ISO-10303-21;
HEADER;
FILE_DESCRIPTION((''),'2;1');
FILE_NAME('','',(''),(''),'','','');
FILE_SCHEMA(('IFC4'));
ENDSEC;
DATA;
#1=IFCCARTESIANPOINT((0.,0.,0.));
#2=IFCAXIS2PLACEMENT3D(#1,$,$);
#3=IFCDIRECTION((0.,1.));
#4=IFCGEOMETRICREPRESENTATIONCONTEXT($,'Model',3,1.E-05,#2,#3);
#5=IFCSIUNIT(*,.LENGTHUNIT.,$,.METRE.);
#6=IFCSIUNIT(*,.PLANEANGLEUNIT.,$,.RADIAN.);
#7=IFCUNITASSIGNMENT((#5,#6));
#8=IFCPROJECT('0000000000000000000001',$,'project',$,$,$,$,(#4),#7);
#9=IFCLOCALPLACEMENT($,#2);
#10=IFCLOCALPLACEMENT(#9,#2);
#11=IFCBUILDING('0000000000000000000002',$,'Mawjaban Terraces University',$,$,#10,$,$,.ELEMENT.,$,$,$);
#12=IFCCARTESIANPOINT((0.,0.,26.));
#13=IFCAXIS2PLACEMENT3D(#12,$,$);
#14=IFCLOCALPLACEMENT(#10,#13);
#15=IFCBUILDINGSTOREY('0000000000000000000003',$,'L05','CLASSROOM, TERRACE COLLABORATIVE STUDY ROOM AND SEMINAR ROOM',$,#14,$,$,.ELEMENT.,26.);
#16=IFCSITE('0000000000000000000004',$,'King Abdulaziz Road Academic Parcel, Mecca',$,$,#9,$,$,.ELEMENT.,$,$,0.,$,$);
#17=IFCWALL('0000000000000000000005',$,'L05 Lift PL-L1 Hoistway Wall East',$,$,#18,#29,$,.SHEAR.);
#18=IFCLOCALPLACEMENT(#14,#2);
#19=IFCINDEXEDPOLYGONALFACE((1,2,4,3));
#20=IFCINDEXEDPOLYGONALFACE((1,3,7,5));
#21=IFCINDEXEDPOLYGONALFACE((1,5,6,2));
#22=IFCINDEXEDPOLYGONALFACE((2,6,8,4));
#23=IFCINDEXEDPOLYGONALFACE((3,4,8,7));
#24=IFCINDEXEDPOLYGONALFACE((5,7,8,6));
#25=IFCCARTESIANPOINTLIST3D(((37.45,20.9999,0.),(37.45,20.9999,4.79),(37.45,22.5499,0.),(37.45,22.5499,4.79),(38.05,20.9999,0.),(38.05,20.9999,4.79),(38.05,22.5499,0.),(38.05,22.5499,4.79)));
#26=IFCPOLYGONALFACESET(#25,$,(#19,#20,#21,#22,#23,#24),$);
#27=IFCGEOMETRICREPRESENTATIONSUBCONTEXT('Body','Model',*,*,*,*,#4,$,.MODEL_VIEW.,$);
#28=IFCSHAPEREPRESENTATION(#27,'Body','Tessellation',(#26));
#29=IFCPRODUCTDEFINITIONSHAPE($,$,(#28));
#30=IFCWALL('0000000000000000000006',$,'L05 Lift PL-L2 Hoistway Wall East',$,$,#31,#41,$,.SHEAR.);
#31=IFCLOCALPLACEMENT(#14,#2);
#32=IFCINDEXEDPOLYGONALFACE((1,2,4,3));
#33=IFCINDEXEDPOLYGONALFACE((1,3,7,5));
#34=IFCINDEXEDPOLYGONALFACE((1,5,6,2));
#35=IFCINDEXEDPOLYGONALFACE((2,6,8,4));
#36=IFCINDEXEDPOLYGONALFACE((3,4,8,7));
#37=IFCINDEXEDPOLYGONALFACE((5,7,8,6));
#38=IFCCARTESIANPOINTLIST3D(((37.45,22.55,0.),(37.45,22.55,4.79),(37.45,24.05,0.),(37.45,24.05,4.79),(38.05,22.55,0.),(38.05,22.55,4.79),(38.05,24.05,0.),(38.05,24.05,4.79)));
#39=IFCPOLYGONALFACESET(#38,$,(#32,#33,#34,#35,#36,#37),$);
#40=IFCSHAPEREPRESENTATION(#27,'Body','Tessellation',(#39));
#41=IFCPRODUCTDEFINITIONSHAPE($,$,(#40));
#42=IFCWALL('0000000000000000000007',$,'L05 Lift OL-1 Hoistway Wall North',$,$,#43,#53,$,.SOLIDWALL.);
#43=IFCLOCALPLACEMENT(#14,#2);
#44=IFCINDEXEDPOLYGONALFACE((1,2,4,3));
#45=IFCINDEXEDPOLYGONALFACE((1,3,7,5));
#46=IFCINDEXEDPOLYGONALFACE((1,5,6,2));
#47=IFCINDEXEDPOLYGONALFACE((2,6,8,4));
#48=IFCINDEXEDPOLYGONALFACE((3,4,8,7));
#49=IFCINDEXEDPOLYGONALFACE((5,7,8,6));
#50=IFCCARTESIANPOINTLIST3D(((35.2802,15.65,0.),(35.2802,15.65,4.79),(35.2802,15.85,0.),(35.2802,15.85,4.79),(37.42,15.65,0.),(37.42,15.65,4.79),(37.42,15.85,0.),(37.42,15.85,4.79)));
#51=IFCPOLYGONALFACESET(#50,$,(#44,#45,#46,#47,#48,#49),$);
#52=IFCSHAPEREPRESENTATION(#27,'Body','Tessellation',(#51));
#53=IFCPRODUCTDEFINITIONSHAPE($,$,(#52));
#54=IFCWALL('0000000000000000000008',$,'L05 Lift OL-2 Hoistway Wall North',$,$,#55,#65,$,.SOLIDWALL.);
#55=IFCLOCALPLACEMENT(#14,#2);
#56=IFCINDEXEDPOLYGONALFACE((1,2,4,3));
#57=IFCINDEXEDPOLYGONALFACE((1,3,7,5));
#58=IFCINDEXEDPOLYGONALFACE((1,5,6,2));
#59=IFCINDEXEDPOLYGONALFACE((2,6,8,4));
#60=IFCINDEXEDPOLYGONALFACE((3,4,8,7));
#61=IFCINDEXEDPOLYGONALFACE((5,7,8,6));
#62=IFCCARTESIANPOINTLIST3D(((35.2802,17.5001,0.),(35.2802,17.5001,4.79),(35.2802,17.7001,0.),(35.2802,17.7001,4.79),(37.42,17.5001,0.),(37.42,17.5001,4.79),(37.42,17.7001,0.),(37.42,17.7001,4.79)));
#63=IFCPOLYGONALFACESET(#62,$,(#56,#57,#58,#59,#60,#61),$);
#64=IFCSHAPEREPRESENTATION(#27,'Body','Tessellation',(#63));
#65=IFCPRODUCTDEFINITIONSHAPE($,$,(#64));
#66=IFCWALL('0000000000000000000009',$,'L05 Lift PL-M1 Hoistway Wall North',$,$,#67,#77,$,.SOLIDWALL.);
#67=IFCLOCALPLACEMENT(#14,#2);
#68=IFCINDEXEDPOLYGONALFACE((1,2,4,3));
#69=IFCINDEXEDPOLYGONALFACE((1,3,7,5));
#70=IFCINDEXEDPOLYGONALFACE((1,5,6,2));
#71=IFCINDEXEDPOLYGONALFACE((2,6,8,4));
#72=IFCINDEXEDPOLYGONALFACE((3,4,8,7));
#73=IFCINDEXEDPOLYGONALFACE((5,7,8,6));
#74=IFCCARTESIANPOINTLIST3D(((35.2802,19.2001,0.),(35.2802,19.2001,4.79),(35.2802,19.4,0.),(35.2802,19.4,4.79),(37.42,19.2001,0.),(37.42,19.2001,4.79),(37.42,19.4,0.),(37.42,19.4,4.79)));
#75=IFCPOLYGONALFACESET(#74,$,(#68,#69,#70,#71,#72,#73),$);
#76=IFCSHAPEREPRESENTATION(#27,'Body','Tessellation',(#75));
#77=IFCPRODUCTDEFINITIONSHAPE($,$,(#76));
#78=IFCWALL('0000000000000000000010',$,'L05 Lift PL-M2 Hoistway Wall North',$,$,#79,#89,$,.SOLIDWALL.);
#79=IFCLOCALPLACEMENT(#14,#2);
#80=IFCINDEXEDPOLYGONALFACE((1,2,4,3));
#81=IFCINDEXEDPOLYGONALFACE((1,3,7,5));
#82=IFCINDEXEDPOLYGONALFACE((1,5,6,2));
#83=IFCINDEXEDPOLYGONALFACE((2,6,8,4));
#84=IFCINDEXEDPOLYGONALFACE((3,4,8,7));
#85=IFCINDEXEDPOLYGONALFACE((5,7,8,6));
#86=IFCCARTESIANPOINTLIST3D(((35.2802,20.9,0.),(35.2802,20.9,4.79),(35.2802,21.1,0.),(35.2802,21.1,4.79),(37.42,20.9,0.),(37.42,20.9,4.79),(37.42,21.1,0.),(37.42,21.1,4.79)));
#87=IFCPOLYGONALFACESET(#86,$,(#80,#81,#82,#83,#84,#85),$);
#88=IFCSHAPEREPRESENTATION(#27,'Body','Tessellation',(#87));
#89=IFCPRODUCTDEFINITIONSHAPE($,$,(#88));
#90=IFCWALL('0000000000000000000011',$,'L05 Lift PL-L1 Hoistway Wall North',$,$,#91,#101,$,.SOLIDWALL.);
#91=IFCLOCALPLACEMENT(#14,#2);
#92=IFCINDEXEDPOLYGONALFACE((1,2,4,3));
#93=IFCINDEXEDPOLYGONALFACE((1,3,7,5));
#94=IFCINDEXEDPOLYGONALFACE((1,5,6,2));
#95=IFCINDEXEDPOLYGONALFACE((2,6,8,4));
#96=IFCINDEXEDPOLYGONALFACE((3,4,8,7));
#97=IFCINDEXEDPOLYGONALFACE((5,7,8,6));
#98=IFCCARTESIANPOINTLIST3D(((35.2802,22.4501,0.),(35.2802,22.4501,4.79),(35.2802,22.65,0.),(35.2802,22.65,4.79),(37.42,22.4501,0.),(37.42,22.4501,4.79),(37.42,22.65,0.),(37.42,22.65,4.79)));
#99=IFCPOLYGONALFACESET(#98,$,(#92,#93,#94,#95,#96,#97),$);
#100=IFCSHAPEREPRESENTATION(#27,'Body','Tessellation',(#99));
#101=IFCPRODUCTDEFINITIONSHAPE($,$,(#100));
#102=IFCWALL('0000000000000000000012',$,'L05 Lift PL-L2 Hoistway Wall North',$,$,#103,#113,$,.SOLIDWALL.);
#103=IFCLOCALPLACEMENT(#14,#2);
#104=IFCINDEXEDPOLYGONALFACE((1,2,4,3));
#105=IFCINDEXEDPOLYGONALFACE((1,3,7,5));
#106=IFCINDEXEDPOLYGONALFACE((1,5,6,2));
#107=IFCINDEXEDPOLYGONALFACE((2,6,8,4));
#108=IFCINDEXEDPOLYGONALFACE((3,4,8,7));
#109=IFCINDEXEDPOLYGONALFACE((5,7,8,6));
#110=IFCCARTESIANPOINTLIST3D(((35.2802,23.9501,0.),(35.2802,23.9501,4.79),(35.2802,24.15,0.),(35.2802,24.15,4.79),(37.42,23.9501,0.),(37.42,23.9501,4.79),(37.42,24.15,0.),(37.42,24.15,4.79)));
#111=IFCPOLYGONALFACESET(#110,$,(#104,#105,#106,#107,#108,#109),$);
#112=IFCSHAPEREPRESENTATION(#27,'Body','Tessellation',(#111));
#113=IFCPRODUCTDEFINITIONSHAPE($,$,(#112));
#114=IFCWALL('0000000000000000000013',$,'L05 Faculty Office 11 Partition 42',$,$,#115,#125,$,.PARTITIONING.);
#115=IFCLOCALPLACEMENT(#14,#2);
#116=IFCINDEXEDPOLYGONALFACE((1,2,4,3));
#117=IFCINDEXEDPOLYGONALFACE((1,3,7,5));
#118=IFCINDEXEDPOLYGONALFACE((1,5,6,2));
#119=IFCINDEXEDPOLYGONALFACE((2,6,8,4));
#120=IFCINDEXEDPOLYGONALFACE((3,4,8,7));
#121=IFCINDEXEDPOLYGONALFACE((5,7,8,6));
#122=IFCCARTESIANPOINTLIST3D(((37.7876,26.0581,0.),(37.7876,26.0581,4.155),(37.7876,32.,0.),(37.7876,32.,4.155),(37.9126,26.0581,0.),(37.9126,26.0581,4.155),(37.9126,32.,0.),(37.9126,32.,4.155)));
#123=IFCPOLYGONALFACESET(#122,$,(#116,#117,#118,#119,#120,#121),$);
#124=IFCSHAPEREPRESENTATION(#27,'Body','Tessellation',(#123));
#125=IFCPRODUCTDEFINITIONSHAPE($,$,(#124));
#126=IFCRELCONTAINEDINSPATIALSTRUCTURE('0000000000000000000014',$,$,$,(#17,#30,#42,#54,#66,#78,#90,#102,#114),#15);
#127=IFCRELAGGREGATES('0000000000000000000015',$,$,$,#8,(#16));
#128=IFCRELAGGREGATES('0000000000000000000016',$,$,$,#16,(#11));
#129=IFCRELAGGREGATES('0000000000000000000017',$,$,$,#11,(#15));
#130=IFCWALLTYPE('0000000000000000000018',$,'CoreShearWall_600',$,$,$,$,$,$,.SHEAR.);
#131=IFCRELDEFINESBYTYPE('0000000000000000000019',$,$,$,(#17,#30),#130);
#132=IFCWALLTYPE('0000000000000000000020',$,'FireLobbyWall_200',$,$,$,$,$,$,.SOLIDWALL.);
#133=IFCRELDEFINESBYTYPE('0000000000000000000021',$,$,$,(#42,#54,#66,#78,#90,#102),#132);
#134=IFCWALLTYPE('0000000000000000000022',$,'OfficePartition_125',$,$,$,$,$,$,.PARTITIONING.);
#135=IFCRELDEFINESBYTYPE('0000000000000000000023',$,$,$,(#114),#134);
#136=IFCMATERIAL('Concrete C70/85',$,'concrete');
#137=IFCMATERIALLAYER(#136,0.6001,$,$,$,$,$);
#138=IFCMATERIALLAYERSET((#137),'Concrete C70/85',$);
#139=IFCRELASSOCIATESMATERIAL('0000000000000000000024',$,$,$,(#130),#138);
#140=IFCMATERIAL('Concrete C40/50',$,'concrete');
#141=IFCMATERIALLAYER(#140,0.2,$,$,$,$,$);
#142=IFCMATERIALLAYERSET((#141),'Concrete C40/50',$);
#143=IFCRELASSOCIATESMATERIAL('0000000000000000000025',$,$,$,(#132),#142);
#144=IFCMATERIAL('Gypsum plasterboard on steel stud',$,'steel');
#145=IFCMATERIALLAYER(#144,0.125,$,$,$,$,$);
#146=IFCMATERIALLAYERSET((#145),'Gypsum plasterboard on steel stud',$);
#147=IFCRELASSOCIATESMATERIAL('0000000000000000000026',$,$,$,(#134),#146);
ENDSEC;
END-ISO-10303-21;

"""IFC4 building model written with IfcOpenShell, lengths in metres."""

from ifc_helpers import new_model, si_unit, direction, frame, frame_2d, origin, place, context, subcontext, project, spatial, rectangle, extrude, material, layer, layer_set, type_object, element, save


model = new_model("IFC4")

# Units and contexts
model_context = context("Model", 3, precision=1e-05, world=origin(), true_north=direction((0.0, 1.0)))
body_context = subcontext(model_context, "Body", "Model", "MODEL_VIEW")
ifc_project = project(units=[si_unit("LENGTHUNIT", "METRE"), si_unit("PLANEANGLEUNIT", "RADIAN")], contexts=[model_context])

# Site, building, storey
site_placement = place(None, origin())
site = spatial("IfcSite", under=ifc_project, at=site_placement, Name="King Abdulaziz Road Academic Parcel, Mecca", CompositionType="ELEMENT", RefElevation=0.0)
building_placement = place(site_placement, origin())
building = spatial("IfcBuilding", under=site, at=building_placement, Name="Mawjaban Terraces University", CompositionType="ELEMENT")
storey_placement = place(building_placement, frame((0.0, 0.0, 26.0)))
storey = spatial("IfcBuildingStorey", under=building, at=storey_placement, Name="L05", Description="CLASSROOM, TERRACE COLLABORATIVE STUDY ROOM AND SEMINAR ROOM", CompositionType="ELEMENT", Elevation=26.0)

# Shared definitions
ifc_material_1 = material(Name="Concrete C70/85", Category="concrete")

# Walls
ifc_layer_1 = layer(ifc_material_1, 0.6001)
ifc_layer_set_1 = layer_set([ifc_layer_1], Name="Concrete C70/85")
wall_type_1 = type_object("IfcWallType", Name="CoreShearWall_600", PredefinedType="SHEAR", material=ifc_layer_set_1)
wall_1_placement = place(storey_placement, frame((37.75, 21.0, 0.0), z_axis=(0.0, 0.0, 1.0), x_axis=(0.0, 1.0, 0.0)))
element("IfcWall", 1, at=wall_1_placement, inside=storey, type_object=wall_type_1, Name="L05 Lift PL-L1 Hoistway Wall East", PredefinedType="SHEAR", context=body_context, shape_type="SweptSolid", body=[
    extrude(rectangle(XDim=1.55, YDim=0.6001, at=frame_2d((0.7749, 0.0))), origin(), (0.0, 0.0, 1.0), 4.79),
])
wall_2_placement = place(storey_placement, frame((37.75, 22.55, 0.0), z_axis=(0.0, 0.0, 1.0), x_axis=(0.0, 1.0, 0.0)))
element("IfcWall", 2, at=wall_2_placement, inside=storey, type_object=wall_type_1, Name="L05 Lift PL-L2 Hoistway Wall East", PredefinedType="SHEAR", context=body_context, shape_type="SweptSolid", body=[
    extrude(rectangle(XDim=1.5, YDim=0.6001, at=frame_2d((0.75, 0.0))), origin(), (0.0, 0.0, 1.0), 4.79),
])
ifc_material_2 = material(Name="Concrete C40/50", Category="concrete")
ifc_layer_2 = layer(ifc_material_2, 0.2)
ifc_layer_set_2 = layer_set([ifc_layer_2], Name="Concrete C40/50")
wall_type_2 = type_object("IfcWallType", Name="FireLobbyWall_200", PredefinedType="SOLIDWALL", material=ifc_layer_set_2)
for number, where, z_axis, x_axis, name in (
    (3, (37.4199, 15.75, 0.0), (0.0, 0.0, 1.0), (-1.0, 0.0, 0.0), "L05 Lift OL-1 Hoistway Wall North"),
    (4, (37.4199, 17.6001, 0.0), (0.0, 0.0, 1.0), (-1.0, 0.0, 0.0), "L05 Lift OL-2 Hoistway Wall North"),
    (5, (37.4199, 19.3, 0.0), (0.0, 0.0, 1.0), (-1.0, 0.0, 0.0), "L05 Lift PL-M1 Hoistway Wall North"),
    (6, (37.4199, 21.0, 0.0), (0.0, 0.0, 1.0), (-1.0, 0.0, 0.0), "L05 Lift PL-M2 Hoistway Wall North"),
    (7, (37.4199, 22.55, 0.0), (0.0, 0.0, 1.0), (-1.0, 0.0, 0.0), "L05 Lift PL-L1 Hoistway Wall North"),
    (8, (37.4199, 24.05, 0.0), (0.0, 0.0, 1.0), (-1.0, 0.0, 0.0), "L05 Lift PL-L2 Hoistway Wall North"),
):
    element("IfcWall", number, at=place(storey_placement, frame(where, z_axis=z_axis, x_axis=x_axis)), inside=storey, type_object=wall_type_2, Name=name, PredefinedType="SOLIDWALL", context=body_context, shape_type="SweptSolid", body=[
        extrude(rectangle(XDim=2.1399, YDim=0.2, at=frame_2d((1.0698, 0.0))), origin(), (0.0, 0.0, 1.0), 4.79),
    ])
ifc_material_3 = material(Name="Gypsum plasterboard on steel stud", Category="steel")
ifc_layer_3 = layer(ifc_material_3, 0.125)
ifc_layer_set_3 = layer_set([ifc_layer_3], Name="Gypsum plasterboard on steel stud")
wall_type_3 = type_object("IfcWallType", Name="OfficePartition_125", PredefinedType="PARTITIONING", material=ifc_layer_set_3)
wall_3_placement = place(storey_placement, frame((37.8501, 26.0581, 0.0), z_axis=(0.0, 0.0, 1.0), x_axis=(0.0, 1.0, 0.0)))
element("IfcWall", 9, at=wall_3_placement, inside=storey, type_object=wall_type_3, Name="L05 Faculty Office 11 Partition 42", PredefinedType="PARTITIONING", context=body_context, shape_type="SweptSolid", body=[
    extrude(rectangle(XDim=5.9419, YDim=0.125, at=frame_2d((2.9709, 0.0))), origin(), (0.0, 0.0, 1.0), 4.155),
])

save(model, "model.ifc")
